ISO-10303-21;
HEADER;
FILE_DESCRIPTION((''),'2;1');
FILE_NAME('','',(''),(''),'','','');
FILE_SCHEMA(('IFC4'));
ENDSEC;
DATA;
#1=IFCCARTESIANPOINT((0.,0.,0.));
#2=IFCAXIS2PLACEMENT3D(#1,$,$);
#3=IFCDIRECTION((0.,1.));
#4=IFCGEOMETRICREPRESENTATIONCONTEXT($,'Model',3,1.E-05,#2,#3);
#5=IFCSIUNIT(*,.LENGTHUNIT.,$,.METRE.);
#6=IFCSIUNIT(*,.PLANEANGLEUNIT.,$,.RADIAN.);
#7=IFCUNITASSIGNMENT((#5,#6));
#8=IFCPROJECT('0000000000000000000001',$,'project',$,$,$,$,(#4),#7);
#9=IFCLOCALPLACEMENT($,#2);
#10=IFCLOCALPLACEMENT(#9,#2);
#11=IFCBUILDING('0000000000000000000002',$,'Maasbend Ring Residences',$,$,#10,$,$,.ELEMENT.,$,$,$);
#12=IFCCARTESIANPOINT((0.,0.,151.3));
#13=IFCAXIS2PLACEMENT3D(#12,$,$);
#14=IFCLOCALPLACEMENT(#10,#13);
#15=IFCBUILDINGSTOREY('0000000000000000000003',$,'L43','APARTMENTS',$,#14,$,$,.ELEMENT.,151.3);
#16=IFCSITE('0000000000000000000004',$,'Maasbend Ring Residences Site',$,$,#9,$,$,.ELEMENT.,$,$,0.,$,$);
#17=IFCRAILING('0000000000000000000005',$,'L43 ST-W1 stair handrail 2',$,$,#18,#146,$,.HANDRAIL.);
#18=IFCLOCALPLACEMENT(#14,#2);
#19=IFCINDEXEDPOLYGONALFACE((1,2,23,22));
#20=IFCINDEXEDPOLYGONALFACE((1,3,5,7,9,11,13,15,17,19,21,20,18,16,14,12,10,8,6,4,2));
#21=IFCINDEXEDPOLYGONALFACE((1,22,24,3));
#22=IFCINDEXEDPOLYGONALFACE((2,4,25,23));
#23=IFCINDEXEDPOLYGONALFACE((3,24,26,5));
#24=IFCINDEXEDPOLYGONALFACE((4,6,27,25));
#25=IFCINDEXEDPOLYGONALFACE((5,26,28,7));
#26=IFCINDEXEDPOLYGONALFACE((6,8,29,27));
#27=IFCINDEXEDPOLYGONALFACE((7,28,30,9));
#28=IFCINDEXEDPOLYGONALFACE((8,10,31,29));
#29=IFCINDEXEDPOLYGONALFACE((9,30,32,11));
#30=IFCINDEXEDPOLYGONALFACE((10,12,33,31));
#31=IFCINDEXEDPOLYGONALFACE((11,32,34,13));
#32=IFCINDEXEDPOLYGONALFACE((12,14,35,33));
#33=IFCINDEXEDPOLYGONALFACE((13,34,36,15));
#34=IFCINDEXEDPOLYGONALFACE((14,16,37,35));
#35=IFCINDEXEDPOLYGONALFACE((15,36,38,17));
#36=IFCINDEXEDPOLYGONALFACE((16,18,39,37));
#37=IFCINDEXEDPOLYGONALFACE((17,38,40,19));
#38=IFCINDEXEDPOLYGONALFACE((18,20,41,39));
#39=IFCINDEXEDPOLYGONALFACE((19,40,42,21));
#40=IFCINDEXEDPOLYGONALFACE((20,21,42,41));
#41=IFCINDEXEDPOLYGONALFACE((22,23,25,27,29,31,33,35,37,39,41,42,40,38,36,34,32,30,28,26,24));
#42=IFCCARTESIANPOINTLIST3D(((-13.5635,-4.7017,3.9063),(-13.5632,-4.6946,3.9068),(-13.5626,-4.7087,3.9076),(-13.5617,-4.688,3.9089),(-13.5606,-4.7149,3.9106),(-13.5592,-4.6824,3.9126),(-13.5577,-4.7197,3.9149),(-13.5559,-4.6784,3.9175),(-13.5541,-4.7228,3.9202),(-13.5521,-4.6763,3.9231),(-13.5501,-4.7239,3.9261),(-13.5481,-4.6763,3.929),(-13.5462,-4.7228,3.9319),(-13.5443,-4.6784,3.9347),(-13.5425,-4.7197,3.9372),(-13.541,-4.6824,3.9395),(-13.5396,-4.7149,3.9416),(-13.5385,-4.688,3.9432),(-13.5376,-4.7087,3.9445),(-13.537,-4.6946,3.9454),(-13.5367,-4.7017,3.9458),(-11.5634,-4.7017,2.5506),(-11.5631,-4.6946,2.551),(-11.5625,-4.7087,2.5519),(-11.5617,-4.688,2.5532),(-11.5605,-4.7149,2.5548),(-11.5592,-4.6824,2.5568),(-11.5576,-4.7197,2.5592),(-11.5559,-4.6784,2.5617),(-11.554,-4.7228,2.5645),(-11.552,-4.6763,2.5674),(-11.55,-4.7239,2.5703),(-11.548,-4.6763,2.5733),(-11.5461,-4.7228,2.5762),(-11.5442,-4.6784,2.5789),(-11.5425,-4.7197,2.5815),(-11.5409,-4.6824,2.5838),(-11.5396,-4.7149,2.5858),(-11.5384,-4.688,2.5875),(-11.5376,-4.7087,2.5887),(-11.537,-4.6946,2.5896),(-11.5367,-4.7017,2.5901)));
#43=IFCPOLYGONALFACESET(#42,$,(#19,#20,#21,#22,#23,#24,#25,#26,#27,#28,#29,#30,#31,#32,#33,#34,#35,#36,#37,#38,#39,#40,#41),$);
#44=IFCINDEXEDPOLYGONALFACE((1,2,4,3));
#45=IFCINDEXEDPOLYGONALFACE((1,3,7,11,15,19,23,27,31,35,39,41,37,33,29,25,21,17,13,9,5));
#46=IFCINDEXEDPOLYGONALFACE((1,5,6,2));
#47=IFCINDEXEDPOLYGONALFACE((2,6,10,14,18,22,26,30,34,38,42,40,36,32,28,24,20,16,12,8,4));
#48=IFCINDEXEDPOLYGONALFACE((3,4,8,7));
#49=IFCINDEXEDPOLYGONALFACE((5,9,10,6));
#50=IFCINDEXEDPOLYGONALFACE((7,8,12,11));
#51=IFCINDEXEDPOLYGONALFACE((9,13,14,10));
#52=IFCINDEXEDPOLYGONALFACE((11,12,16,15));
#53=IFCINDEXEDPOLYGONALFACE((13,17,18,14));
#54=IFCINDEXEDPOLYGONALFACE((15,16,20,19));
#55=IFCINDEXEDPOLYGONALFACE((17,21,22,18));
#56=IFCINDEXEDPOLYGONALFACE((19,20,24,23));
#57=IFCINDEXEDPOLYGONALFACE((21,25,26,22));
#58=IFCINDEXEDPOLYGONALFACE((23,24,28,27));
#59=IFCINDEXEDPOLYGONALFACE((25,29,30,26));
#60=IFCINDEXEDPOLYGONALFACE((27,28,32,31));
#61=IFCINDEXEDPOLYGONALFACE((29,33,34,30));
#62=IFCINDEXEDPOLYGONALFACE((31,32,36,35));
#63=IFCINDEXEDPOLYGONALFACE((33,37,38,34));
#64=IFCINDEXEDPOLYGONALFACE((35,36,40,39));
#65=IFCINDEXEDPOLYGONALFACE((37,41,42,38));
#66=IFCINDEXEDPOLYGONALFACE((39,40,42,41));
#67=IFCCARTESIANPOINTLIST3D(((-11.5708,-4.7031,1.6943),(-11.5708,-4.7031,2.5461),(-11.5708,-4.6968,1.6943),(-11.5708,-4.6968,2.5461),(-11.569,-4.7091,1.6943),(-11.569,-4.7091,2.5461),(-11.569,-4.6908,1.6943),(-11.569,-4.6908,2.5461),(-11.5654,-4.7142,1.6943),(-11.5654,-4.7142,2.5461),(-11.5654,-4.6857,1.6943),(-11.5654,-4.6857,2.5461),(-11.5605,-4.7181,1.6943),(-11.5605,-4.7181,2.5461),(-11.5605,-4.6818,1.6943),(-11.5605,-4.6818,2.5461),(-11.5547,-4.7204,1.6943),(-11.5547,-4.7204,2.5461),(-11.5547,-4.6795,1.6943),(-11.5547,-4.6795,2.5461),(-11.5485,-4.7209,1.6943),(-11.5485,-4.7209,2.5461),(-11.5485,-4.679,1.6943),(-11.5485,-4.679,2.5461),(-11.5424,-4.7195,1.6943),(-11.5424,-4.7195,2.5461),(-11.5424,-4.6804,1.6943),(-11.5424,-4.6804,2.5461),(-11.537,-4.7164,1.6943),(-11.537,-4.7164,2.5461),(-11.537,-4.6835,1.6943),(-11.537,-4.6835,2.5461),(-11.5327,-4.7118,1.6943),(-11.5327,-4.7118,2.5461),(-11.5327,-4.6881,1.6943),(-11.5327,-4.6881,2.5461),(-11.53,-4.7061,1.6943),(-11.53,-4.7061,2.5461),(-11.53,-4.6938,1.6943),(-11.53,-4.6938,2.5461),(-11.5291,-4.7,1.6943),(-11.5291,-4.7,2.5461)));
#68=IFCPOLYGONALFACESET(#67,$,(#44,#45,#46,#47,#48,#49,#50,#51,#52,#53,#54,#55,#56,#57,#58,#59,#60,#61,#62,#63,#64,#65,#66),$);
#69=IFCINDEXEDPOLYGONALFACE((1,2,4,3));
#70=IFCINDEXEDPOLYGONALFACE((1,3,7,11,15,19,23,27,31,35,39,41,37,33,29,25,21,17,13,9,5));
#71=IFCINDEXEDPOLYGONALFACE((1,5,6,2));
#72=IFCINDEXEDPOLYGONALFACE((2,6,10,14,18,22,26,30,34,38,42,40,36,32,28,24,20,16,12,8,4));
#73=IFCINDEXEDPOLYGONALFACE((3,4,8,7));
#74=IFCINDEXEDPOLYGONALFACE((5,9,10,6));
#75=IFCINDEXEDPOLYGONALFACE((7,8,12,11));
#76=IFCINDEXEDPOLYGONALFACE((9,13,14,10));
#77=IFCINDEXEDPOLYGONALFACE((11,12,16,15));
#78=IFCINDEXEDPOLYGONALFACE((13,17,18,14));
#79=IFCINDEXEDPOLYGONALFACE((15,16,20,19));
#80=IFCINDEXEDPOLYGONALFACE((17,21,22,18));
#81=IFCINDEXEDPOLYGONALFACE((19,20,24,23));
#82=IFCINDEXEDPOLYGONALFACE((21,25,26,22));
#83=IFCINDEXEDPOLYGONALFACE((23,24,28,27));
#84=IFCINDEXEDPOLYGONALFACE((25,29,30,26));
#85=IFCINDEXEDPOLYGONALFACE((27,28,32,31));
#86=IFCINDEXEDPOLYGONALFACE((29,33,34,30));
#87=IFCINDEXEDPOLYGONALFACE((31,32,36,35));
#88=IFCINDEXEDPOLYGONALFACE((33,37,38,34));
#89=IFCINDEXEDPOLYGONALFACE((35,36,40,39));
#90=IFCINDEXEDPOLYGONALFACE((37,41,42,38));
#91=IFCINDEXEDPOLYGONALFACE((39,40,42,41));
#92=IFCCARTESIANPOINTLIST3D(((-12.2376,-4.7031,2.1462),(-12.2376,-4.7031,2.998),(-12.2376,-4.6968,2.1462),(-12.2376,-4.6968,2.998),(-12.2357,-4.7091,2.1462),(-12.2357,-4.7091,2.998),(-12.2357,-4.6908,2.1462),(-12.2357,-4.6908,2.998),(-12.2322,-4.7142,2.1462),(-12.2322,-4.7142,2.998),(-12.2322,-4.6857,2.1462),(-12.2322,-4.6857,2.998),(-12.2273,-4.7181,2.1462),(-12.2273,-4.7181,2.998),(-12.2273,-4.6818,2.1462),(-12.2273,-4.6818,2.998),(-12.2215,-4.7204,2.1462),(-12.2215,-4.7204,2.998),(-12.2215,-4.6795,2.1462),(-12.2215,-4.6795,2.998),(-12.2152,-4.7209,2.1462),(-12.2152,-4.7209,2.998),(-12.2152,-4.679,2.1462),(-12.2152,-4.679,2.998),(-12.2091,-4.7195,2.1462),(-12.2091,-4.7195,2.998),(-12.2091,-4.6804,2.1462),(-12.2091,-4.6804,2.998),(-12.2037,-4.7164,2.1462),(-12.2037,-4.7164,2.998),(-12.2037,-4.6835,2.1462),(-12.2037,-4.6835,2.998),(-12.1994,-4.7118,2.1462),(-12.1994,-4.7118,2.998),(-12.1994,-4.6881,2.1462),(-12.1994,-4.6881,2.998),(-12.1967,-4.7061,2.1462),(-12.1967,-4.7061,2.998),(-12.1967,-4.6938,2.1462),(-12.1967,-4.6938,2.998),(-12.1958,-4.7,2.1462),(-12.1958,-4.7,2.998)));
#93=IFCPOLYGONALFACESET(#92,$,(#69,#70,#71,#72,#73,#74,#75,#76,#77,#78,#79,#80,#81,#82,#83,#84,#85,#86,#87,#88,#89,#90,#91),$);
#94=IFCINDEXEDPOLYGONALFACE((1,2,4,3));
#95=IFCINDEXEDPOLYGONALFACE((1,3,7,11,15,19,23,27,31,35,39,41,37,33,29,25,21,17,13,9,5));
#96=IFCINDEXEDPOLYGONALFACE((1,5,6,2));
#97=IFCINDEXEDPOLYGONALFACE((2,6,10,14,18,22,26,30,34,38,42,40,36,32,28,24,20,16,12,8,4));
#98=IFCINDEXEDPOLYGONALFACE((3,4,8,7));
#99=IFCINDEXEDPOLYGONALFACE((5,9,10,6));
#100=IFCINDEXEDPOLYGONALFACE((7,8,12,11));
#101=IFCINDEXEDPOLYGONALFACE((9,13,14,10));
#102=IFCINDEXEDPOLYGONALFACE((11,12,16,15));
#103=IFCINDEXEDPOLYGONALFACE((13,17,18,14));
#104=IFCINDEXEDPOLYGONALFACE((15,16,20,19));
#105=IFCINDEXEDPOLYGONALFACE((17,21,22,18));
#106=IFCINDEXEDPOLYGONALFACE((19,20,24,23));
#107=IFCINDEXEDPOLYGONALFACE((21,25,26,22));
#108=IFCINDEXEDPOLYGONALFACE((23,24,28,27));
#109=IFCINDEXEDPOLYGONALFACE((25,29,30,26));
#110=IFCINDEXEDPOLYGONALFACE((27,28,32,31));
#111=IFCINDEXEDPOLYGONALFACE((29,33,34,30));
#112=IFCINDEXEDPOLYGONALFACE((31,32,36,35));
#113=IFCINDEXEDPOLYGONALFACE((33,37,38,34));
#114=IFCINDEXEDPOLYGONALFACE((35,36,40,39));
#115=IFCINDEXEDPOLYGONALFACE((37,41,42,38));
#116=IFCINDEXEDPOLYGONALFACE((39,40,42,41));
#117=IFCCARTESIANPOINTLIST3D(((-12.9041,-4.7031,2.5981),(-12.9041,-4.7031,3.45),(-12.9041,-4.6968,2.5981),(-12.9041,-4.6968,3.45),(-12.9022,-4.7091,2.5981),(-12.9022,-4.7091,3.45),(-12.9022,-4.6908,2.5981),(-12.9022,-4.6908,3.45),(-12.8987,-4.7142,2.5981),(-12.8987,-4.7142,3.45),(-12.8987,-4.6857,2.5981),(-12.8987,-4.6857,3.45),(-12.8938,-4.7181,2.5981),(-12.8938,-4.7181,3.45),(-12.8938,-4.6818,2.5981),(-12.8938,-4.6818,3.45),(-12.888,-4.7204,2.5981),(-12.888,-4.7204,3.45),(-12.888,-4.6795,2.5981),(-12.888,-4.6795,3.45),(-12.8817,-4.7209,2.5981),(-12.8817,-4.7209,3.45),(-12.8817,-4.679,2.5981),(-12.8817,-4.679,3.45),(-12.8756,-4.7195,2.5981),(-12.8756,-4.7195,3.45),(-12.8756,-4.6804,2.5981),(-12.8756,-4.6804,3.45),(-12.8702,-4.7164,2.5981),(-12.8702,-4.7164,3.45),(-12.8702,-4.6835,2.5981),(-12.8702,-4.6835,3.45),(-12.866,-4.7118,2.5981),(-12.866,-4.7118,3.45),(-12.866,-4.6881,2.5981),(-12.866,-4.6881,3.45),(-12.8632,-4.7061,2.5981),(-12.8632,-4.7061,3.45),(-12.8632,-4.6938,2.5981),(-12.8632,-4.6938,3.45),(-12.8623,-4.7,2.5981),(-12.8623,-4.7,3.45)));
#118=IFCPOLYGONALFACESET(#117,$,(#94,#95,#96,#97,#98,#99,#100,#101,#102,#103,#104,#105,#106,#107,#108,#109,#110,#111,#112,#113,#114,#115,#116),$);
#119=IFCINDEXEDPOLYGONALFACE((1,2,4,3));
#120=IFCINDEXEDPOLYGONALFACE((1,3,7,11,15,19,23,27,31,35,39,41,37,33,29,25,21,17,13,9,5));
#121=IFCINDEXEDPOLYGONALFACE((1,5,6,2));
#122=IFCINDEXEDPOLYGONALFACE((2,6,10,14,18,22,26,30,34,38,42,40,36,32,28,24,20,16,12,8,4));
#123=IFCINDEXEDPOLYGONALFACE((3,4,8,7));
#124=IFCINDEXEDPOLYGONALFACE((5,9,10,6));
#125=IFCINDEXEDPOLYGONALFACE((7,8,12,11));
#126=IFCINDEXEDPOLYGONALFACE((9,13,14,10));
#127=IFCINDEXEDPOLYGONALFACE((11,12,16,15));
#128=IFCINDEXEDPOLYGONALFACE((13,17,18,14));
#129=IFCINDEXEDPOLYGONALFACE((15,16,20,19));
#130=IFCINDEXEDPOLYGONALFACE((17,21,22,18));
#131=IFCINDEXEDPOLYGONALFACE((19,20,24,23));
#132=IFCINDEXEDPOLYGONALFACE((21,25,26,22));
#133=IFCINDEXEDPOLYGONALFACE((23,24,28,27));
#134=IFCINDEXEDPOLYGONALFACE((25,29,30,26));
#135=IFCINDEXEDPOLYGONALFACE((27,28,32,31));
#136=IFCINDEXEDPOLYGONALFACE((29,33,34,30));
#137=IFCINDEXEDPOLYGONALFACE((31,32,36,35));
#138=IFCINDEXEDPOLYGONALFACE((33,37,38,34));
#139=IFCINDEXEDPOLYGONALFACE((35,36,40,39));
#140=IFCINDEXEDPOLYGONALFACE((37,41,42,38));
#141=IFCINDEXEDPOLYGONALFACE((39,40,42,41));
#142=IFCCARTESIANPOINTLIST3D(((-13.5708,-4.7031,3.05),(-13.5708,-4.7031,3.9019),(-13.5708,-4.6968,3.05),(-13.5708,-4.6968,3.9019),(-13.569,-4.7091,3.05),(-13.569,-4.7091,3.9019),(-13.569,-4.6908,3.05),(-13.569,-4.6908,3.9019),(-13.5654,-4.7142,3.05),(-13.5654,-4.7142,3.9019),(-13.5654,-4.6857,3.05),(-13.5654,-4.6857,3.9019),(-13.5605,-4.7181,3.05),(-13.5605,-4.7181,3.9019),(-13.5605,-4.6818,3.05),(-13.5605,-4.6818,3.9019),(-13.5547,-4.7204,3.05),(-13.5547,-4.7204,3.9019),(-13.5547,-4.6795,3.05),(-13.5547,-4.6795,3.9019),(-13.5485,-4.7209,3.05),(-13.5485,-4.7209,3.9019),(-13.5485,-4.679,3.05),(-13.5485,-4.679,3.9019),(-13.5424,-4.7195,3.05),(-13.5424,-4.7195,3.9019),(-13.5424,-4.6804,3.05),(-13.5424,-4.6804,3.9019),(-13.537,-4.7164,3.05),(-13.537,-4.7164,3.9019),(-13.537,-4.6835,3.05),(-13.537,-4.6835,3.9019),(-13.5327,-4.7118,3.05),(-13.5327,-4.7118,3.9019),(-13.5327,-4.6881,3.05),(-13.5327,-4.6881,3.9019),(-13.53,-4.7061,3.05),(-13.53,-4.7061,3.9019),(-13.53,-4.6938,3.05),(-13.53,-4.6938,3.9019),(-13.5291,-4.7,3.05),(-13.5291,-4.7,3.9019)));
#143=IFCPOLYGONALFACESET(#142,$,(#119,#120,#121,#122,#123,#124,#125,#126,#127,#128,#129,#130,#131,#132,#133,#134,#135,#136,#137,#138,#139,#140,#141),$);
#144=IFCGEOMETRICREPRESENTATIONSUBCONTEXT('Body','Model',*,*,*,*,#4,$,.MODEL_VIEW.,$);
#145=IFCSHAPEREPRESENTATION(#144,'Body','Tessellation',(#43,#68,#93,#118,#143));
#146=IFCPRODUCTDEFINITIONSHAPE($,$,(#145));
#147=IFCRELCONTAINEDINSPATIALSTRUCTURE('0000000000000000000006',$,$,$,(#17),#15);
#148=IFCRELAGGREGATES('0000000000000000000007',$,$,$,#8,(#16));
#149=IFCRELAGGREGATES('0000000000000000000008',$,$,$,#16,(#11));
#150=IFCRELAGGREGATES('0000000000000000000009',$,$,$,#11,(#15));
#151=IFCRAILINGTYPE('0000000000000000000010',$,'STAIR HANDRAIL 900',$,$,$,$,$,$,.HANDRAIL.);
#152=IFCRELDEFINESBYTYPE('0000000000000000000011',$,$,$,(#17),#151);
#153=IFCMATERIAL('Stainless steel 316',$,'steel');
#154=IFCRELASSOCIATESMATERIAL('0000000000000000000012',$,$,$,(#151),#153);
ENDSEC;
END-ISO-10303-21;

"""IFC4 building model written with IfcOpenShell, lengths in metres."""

from ifc_helpers import new_model, si_unit, direction, frame, origin, origin_2d, place, context, subcontext, project, spatial, circle, extrude, material, type_object, element, save


model = new_model("IFC4")

# Units and contexts
model_context = context("Model", 3, precision=1e-05, world=origin(), true_north=direction((0.0, 1.0)))
body_context = subcontext(model_context, "Body", "Model", "MODEL_VIEW")
ifc_project = project(units=[si_unit("LENGTHUNIT", "METRE"), si_unit("PLANEANGLEUNIT", "RADIAN")], contexts=[model_context])

# Site, building, storey
site_placement = place(None, origin())
site = spatial("IfcSite", under=ifc_project, at=site_placement, Name="Maasbend Ring Residences Site", CompositionType="ELEMENT", RefElevation=0.0)
building_placement = place(site_placement, origin())
building = spatial("IfcBuilding", under=site, at=building_placement, Name="Maasbend Ring Residences", CompositionType="ELEMENT")
storey_placement = place(building_placement, frame((0.0, 0.0, 151.3)))
storey = spatial("IfcBuildingStorey", under=building, at=storey_placement, Name="L43", Description="APARTMENTS", CompositionType="ELEMENT", Elevation=151.3)

# Railing
ifc_material_1 = material(Name="Stainless steel 316", Category="steel")
railing_type_1 = type_object("IfcRailingType", Name="STAIR HANDRAIL 900", PredefinedType="HANDRAIL", material=ifc_material_1)
railing_1_placement = place(storey_placement, frame((-11.55, -4.7, 1.6943)))
element("IfcRailing", 1, at=railing_1_placement, inside=storey, type_object=railing_type_1, Name="L43 ST-W1 stair handrail 2", PredefinedType="HANDRAIL", context=body_context, shape_type="SweptSolid", body=[
    extrude(circle(Radius=0.0239, at=origin_2d()), frame((0.0, 0.0, 0.876), z_axis=(-0.827751, 0.0, 0.561096), x_axis=(0.0, -1.0, 0.0)), (0.0, 0.0, 1.0), 2.4163),
    extrude(circle(Radius=0.021, at=origin_2d()), origin(), (0.0, 0.0, 1.0), 0.8518),
    extrude(circle(Radius=0.021, at=origin_2d()), frame((-0.6667, 0.0, 0.4519)), (0.0, 0.0, 1.0), 0.8518),
    extrude(circle(Radius=0.021, at=origin_2d()), frame((-1.3333, 0.0, 0.9038)), (0.0, 0.0, 1.0), 0.8518),
    extrude(circle(Radius=0.021, at=origin_2d()), frame((-2.0, 0.0, 1.3557)), (0.0, 0.0, 1.0), 0.8518),
])

save(model, "model.ifc")
